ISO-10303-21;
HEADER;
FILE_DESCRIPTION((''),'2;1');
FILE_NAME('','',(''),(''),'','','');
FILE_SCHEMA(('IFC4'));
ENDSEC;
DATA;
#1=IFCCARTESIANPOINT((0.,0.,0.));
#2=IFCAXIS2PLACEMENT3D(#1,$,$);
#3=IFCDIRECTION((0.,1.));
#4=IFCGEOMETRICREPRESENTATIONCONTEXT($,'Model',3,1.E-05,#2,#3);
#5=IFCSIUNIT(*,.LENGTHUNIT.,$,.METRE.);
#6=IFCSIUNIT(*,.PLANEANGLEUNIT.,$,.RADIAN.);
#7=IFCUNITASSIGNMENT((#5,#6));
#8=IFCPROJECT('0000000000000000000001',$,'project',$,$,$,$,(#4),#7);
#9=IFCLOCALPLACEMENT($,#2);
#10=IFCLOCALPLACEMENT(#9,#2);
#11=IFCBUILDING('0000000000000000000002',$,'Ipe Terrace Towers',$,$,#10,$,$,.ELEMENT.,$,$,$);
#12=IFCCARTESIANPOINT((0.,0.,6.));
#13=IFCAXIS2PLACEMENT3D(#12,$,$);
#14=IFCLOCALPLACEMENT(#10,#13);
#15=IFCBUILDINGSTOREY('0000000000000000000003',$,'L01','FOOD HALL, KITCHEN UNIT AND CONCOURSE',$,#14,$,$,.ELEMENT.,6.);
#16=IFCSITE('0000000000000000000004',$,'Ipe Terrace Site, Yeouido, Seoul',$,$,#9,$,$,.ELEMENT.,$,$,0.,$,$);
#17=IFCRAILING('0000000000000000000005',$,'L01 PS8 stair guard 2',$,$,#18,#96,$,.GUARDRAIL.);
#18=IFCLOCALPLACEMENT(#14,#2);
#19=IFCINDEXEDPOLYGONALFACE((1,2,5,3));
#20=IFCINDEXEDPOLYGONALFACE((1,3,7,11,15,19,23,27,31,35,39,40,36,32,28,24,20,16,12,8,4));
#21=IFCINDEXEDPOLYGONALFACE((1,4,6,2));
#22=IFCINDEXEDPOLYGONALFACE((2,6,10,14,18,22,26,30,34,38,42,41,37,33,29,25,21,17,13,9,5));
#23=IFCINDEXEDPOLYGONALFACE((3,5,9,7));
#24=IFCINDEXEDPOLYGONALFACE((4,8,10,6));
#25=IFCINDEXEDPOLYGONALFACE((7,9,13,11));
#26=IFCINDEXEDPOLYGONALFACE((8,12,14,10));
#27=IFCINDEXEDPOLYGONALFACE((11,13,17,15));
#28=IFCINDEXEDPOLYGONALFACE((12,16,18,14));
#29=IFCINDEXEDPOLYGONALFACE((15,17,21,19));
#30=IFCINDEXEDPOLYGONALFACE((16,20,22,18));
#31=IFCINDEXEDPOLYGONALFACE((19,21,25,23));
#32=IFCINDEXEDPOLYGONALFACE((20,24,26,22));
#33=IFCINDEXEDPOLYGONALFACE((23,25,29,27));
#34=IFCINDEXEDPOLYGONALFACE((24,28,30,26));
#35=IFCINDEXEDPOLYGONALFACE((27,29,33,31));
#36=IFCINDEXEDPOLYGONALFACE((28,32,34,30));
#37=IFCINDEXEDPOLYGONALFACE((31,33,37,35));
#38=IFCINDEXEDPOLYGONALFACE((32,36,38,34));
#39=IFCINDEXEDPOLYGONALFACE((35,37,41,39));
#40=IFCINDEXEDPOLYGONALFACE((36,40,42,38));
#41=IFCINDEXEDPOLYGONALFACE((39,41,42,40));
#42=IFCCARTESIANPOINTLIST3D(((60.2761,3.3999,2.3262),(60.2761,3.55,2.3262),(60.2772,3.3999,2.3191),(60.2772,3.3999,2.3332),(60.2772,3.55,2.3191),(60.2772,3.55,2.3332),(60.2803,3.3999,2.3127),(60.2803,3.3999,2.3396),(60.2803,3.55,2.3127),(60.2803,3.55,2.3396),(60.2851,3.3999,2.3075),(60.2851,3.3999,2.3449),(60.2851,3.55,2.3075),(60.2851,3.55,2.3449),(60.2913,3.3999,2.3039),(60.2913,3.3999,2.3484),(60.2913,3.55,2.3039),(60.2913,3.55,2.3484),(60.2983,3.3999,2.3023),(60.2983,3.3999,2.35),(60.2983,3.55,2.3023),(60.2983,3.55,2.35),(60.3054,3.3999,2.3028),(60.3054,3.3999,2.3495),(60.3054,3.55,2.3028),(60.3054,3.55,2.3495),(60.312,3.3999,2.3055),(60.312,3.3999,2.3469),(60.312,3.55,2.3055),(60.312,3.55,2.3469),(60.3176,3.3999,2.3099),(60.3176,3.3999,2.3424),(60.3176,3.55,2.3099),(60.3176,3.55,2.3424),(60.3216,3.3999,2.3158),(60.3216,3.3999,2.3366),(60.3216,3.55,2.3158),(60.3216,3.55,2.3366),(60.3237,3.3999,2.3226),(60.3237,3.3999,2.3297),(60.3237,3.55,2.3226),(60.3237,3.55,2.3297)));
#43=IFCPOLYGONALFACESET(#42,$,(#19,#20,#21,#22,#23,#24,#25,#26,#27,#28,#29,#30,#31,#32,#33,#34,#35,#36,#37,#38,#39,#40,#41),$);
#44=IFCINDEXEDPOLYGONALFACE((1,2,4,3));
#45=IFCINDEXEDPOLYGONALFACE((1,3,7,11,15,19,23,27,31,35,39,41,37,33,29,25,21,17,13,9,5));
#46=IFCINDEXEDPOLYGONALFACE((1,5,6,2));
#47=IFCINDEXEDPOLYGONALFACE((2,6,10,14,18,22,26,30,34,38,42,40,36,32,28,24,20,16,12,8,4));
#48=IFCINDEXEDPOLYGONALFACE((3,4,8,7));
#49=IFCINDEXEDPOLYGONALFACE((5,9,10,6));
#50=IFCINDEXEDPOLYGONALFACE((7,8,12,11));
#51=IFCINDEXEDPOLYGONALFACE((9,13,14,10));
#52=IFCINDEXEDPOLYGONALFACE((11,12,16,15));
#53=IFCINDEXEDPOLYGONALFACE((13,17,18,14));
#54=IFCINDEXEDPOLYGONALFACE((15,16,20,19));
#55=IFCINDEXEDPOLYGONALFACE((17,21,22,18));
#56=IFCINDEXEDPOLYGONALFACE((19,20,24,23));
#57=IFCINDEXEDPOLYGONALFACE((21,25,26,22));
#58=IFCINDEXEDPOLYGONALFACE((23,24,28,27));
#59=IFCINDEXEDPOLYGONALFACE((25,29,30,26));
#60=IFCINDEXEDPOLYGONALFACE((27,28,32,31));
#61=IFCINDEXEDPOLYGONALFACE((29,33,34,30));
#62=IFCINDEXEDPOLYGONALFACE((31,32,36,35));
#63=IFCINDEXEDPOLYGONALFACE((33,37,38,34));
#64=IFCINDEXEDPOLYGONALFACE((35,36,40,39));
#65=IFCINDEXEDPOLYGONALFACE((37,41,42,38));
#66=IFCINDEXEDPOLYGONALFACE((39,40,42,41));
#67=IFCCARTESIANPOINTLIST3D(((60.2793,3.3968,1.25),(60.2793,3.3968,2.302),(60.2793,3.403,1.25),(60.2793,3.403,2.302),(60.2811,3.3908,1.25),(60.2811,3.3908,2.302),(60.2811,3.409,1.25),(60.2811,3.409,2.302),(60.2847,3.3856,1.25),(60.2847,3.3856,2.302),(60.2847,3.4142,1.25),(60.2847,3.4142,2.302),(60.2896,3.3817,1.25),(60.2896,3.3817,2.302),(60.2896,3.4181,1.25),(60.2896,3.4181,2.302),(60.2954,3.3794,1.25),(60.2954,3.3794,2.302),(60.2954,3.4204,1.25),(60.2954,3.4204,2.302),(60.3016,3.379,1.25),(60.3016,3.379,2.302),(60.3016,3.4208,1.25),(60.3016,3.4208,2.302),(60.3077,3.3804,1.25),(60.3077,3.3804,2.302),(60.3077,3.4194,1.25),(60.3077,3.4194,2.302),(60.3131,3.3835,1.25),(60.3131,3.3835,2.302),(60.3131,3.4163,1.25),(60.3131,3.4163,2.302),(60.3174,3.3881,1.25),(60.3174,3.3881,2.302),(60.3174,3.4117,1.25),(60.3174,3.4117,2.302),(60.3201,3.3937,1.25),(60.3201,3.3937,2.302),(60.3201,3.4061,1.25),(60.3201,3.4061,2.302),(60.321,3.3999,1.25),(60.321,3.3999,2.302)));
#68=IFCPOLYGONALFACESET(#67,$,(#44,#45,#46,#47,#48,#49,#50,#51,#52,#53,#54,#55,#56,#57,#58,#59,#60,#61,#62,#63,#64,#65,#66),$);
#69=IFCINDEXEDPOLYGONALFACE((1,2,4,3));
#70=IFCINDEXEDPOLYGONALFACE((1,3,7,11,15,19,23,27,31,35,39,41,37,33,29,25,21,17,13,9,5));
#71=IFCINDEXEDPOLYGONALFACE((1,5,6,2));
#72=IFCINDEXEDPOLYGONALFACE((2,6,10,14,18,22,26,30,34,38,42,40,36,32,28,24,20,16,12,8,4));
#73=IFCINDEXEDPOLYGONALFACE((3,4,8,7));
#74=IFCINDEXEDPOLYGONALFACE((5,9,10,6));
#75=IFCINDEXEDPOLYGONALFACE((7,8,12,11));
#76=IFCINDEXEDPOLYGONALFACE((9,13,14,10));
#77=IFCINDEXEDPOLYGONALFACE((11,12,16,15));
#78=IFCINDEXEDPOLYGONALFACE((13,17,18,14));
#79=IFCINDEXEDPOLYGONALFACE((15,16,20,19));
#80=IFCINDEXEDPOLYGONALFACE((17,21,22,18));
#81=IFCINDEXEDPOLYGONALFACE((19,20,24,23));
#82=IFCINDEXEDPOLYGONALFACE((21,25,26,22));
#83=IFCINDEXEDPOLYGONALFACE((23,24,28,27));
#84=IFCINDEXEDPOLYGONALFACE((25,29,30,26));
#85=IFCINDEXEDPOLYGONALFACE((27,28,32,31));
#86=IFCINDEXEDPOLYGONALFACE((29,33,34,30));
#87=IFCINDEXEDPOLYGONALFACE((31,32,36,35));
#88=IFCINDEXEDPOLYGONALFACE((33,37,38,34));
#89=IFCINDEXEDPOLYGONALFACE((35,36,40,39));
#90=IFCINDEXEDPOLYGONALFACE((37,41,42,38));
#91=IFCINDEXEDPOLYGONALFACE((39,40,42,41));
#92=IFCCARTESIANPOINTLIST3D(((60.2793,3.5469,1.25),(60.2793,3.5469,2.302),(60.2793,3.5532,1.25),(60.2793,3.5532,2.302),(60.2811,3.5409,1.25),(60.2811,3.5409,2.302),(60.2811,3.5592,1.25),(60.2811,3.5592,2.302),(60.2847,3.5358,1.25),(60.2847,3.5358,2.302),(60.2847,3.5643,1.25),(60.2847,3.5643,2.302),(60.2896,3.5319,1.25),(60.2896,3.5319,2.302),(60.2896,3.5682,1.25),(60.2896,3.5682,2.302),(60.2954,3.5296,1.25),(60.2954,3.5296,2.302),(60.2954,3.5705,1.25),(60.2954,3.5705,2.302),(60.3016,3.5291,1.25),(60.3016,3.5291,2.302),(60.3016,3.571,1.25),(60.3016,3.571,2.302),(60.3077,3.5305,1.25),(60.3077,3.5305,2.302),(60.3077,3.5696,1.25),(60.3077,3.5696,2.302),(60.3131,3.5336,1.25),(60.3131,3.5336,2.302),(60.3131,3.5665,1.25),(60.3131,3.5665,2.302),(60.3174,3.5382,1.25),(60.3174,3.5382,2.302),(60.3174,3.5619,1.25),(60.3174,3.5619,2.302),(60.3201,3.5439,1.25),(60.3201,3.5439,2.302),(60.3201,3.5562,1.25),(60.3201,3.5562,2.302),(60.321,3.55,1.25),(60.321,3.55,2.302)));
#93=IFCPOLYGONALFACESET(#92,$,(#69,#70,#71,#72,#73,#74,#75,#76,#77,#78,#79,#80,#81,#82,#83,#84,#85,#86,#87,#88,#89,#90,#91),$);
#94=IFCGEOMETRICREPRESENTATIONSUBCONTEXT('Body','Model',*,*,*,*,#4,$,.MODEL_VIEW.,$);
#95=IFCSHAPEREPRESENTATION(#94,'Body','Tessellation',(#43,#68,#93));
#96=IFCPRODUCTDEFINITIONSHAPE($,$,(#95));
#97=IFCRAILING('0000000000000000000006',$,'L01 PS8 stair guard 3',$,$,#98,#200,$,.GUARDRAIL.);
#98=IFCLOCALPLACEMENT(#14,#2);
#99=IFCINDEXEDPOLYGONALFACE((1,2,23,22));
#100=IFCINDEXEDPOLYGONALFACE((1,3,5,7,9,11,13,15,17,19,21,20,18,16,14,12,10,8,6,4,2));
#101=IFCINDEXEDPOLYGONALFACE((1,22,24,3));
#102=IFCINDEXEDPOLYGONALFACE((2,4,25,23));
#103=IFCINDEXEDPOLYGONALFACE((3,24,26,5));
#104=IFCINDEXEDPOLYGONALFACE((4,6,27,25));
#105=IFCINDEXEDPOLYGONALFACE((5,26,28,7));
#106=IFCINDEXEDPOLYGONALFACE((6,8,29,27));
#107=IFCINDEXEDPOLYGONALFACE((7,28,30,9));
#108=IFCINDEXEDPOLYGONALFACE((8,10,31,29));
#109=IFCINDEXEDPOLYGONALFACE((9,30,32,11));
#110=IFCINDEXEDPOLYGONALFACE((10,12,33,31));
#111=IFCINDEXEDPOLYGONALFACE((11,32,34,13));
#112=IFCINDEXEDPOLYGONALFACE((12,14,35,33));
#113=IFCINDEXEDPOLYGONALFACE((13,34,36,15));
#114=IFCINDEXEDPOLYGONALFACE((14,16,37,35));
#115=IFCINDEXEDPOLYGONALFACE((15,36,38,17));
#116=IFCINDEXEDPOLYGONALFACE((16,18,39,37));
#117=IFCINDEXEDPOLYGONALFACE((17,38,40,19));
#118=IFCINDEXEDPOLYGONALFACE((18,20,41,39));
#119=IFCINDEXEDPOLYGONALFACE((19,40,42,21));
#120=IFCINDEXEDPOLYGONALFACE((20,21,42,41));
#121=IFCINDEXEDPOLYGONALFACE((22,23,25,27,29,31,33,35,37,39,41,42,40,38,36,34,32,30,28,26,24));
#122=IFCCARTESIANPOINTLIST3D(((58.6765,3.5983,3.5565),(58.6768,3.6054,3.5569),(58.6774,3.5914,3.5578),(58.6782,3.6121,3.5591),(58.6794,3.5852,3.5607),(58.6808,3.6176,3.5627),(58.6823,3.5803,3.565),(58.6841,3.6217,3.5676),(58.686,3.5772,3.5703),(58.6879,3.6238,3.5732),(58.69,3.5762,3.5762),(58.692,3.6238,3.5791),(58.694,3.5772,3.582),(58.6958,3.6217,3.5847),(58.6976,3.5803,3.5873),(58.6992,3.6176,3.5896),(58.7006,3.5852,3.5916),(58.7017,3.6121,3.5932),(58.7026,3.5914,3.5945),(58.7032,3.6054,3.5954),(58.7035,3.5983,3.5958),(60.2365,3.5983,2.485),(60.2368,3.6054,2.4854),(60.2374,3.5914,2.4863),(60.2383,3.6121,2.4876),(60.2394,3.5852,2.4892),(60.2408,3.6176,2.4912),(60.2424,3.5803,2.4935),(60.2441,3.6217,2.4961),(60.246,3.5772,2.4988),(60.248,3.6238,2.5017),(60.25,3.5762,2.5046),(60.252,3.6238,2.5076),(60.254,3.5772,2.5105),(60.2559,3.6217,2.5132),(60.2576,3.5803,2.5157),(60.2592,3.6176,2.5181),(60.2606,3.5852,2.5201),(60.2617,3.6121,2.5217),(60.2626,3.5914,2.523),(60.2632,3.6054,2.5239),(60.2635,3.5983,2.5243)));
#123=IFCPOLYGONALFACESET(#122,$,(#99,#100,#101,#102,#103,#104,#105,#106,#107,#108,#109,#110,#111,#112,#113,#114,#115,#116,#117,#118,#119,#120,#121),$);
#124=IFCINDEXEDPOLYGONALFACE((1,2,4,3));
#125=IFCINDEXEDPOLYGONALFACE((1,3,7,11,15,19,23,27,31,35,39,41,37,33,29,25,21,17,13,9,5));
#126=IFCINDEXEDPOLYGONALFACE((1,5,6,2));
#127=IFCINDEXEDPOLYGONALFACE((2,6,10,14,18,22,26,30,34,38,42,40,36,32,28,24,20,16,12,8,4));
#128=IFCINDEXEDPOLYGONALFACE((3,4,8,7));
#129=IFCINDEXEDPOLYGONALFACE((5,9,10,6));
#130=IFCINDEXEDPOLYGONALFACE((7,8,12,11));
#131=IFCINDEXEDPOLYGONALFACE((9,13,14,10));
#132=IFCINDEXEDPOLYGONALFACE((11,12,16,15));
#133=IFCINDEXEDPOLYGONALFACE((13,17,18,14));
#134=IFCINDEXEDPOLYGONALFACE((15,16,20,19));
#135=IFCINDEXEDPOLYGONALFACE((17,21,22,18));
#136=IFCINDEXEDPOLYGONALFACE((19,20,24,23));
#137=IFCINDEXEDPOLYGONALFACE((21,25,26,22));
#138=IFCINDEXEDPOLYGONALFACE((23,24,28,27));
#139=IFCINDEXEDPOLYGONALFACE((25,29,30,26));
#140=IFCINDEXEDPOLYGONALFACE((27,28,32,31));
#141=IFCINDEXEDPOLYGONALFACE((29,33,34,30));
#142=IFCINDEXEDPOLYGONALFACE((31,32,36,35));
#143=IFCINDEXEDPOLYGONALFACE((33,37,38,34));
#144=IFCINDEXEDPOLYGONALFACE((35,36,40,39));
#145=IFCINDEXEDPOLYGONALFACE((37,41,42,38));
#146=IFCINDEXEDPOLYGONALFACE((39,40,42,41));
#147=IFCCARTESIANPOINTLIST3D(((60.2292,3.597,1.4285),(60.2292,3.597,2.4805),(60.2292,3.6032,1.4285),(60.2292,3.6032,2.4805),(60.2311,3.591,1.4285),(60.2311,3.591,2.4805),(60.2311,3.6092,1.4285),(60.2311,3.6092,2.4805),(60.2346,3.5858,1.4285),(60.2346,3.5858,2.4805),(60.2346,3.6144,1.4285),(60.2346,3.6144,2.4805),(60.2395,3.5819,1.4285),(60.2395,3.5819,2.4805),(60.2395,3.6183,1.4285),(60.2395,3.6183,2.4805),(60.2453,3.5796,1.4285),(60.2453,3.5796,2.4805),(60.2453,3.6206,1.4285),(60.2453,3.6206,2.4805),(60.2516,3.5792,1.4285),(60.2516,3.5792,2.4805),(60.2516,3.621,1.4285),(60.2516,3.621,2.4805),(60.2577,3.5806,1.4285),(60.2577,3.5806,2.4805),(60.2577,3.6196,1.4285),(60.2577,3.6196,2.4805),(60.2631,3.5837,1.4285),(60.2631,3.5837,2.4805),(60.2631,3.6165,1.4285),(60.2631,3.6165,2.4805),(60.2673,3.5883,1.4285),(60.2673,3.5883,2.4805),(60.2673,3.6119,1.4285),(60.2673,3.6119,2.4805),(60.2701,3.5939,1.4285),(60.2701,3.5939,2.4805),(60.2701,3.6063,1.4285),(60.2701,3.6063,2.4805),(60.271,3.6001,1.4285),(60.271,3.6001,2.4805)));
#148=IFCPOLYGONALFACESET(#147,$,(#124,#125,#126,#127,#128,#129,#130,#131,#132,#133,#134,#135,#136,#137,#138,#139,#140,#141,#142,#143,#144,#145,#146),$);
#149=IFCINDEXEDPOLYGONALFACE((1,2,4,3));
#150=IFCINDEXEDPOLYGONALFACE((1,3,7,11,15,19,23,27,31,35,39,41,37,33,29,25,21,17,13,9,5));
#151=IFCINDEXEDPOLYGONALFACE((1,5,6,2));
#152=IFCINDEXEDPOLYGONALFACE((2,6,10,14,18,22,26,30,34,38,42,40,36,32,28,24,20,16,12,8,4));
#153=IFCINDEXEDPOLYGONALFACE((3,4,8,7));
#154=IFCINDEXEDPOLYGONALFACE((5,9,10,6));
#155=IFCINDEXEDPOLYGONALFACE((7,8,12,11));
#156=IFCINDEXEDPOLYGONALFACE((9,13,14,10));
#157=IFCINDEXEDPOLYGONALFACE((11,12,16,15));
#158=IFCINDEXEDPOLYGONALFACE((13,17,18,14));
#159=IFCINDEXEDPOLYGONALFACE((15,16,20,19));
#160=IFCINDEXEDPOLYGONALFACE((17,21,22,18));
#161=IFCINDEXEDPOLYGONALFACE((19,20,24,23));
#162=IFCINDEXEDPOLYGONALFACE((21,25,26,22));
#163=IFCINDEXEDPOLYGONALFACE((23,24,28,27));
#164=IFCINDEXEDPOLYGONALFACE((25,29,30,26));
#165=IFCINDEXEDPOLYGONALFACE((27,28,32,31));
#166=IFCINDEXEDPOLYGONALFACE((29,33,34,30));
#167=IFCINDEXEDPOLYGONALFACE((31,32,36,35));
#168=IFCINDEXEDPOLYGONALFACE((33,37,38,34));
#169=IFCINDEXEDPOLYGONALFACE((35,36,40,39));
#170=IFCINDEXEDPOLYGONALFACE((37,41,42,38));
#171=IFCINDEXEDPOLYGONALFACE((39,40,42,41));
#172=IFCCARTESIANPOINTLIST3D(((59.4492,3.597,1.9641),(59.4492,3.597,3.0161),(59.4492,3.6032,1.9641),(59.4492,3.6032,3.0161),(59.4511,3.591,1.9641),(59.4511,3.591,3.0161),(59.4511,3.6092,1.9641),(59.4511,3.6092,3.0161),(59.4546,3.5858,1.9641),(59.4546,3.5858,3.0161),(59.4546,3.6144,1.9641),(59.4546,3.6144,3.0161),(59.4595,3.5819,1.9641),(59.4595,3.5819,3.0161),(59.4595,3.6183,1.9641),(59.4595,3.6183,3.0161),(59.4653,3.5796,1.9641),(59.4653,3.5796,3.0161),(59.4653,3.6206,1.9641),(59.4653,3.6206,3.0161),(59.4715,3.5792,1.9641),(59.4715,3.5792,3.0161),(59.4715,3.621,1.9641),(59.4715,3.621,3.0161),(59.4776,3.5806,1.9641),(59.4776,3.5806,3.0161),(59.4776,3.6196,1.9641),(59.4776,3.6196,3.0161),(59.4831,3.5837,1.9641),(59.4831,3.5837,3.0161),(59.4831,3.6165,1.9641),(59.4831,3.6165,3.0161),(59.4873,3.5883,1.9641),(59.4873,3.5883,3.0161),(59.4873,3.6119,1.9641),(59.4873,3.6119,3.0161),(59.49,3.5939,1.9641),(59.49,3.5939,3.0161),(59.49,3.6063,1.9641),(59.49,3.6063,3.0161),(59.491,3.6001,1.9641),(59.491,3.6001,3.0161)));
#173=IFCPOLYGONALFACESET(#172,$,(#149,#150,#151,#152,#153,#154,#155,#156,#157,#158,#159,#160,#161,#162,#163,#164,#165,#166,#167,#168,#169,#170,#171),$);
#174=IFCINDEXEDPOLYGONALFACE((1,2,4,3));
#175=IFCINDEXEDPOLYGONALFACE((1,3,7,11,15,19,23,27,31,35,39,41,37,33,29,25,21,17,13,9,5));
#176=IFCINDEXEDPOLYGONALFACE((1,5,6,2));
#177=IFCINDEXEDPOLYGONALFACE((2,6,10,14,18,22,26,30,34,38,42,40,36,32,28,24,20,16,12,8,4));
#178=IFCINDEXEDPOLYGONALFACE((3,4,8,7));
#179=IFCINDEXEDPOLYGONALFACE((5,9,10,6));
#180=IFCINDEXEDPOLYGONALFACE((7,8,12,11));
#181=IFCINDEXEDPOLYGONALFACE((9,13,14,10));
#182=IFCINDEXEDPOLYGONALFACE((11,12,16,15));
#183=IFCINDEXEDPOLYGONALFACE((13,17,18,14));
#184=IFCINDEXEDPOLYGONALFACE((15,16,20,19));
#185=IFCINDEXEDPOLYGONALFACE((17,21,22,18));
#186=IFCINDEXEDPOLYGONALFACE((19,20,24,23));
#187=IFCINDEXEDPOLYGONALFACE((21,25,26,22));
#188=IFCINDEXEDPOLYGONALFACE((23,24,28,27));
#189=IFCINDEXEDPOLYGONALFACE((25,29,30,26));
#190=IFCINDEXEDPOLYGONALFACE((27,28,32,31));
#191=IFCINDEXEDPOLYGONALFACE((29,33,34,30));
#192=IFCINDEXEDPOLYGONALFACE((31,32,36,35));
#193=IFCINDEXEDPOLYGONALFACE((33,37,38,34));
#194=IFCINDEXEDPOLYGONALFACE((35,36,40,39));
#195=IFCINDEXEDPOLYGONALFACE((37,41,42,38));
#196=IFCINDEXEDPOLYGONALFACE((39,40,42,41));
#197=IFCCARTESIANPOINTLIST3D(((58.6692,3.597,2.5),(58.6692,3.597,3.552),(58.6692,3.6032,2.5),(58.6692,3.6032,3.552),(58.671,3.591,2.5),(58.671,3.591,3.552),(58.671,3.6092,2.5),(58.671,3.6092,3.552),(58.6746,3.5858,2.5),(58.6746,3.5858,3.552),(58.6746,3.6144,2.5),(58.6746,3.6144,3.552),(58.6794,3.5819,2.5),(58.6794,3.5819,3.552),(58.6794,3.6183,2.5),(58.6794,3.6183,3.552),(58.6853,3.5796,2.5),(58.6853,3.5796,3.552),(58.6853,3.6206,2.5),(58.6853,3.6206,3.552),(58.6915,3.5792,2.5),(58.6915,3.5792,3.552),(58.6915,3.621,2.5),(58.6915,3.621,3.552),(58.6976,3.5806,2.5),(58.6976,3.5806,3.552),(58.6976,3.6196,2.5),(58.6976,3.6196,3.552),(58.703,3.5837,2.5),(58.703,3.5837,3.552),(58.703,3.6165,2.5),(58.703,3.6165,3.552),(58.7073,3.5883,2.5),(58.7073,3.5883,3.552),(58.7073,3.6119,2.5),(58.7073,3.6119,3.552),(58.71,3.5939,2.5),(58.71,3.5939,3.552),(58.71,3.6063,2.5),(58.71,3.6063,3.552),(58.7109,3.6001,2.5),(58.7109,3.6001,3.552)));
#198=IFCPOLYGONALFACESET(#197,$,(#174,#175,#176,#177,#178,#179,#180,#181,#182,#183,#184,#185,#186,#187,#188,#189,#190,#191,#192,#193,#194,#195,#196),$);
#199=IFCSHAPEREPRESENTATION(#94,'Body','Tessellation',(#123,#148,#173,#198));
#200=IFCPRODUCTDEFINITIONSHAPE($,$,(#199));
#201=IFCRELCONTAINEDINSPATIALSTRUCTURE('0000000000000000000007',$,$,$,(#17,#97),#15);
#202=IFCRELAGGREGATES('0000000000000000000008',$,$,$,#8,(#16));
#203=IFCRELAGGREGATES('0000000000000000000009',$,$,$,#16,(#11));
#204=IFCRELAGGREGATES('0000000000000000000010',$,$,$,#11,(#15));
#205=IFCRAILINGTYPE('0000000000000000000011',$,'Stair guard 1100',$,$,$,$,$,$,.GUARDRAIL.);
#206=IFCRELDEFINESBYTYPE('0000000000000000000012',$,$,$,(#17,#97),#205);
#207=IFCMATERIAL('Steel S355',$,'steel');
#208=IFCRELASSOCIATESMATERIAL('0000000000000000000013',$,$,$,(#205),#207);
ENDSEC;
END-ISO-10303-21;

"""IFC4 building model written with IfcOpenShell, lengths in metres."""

from ifc_helpers import new_model, si_unit, direction, frame, origin, origin_2d, place, context, subcontext, project, spatial, circle, extrude, material, type_object, element, save


model = new_model("IFC4")

# Units and contexts
model_context = context("Model", 3, precision=1e-05, world=origin(), true_north=direction((0.0, 1.0)))
body_context = subcontext(model_context, "Body", "Model", "MODEL_VIEW")
ifc_project = project(units=[si_unit("LENGTHUNIT", "METRE"), si_unit("PLANEANGLEUNIT", "RADIAN")], contexts=[model_context])

# Site, building, storey
site_placement = place(None, origin())
site = spatial("IfcSite", under=ifc_project, at=site_placement, Name="Ipe Terrace Site, Yeouido, Seoul", CompositionType="ELEMENT", RefElevation=0.0)
building_placement = place(site_placement, origin())
building = spatial("IfcBuilding", under=site, at=building_placement, Name="Ipe Terrace Towers", CompositionType="ELEMENT")
storey_placement = place(building_placement, frame((0.0, 0.0, 6.0)))
storey = spatial("IfcBuildingStorey", under=building, at=storey_placement, Name="L01", Description="FOOD HALL, KITCHEN UNIT AND CONCOURSE", CompositionType="ELEMENT", Elevation=6.0)

# Railings
ifc_material_1 = material(Name="Steel S355", Category="steel")
railing_type_1 = type_object("IfcRailingType", Name="Stair guard 1100", PredefinedType="GUARDRAIL", material=ifc_material_1)
railing_1_placement = place(storey_placement, frame((60.3, 3.3999, 1.25)))
element("IfcRailing", 1, at=railing_1_placement, inside=storey, type_object=railing_type_1, Name="L01 PS8 stair guard 2", PredefinedType="GUARDRAIL", context=body_context, shape_type="SweptSolid", body=[
    extrude(circle(Radius=0.0239, at=origin_2d()), frame((0.0, 0.0, 1.0762), z_axis=(0.0, 1.0, 0.0), x_axis=(-1.0, 0.0, 0.0)), (0.0, 0.0, 1.0), 0.1501),
    extrude(circle(Radius=0.021, at=origin_2d()), origin(), (0.0, 0.0, 1.0), 1.052),
    extrude(circle(Radius=0.021, at=origin_2d()), frame((0.0, 0.1501, 0.0)), (0.0, 0.0, 1.0), 1.052),
])
railing_2_placement = place(storey_placement, frame((60.25, 3.6001, 1.4285)))
element("IfcRailing", 2, at=railing_2_placement, inside=storey, type_object=railing_type_1, Name="L01 PS8 stair guard 3", PredefinedType="GUARDRAIL", context=body_context, shape_type="SweptSolid", body=[
    extrude(circle(Radius=0.0239, at=origin_2d()), frame((0.0, 0.0, 1.0762), z_axis=(-0.82429, 0.0, 0.566167), x_axis=(0.0, -1.0, 0.0)), (0.0, 0.0, 1.0), 1.8926),
    extrude(circle(Radius=0.021, at=origin_2d()), origin(), (0.0, 0.0, 1.0), 1.052),
    extrude(circle(Radius=0.021, at=origin_2d()), frame((-0.78, 0.0, 0.5356)), (0.0, 0.0, 1.0), 1.052),
    extrude(circle(Radius=0.021, at=origin_2d()), frame((-1.5601, 0.0, 1.0715)), (0.0, 0.0, 1.0), 1.052),
])

save(model, "model.ifc")
